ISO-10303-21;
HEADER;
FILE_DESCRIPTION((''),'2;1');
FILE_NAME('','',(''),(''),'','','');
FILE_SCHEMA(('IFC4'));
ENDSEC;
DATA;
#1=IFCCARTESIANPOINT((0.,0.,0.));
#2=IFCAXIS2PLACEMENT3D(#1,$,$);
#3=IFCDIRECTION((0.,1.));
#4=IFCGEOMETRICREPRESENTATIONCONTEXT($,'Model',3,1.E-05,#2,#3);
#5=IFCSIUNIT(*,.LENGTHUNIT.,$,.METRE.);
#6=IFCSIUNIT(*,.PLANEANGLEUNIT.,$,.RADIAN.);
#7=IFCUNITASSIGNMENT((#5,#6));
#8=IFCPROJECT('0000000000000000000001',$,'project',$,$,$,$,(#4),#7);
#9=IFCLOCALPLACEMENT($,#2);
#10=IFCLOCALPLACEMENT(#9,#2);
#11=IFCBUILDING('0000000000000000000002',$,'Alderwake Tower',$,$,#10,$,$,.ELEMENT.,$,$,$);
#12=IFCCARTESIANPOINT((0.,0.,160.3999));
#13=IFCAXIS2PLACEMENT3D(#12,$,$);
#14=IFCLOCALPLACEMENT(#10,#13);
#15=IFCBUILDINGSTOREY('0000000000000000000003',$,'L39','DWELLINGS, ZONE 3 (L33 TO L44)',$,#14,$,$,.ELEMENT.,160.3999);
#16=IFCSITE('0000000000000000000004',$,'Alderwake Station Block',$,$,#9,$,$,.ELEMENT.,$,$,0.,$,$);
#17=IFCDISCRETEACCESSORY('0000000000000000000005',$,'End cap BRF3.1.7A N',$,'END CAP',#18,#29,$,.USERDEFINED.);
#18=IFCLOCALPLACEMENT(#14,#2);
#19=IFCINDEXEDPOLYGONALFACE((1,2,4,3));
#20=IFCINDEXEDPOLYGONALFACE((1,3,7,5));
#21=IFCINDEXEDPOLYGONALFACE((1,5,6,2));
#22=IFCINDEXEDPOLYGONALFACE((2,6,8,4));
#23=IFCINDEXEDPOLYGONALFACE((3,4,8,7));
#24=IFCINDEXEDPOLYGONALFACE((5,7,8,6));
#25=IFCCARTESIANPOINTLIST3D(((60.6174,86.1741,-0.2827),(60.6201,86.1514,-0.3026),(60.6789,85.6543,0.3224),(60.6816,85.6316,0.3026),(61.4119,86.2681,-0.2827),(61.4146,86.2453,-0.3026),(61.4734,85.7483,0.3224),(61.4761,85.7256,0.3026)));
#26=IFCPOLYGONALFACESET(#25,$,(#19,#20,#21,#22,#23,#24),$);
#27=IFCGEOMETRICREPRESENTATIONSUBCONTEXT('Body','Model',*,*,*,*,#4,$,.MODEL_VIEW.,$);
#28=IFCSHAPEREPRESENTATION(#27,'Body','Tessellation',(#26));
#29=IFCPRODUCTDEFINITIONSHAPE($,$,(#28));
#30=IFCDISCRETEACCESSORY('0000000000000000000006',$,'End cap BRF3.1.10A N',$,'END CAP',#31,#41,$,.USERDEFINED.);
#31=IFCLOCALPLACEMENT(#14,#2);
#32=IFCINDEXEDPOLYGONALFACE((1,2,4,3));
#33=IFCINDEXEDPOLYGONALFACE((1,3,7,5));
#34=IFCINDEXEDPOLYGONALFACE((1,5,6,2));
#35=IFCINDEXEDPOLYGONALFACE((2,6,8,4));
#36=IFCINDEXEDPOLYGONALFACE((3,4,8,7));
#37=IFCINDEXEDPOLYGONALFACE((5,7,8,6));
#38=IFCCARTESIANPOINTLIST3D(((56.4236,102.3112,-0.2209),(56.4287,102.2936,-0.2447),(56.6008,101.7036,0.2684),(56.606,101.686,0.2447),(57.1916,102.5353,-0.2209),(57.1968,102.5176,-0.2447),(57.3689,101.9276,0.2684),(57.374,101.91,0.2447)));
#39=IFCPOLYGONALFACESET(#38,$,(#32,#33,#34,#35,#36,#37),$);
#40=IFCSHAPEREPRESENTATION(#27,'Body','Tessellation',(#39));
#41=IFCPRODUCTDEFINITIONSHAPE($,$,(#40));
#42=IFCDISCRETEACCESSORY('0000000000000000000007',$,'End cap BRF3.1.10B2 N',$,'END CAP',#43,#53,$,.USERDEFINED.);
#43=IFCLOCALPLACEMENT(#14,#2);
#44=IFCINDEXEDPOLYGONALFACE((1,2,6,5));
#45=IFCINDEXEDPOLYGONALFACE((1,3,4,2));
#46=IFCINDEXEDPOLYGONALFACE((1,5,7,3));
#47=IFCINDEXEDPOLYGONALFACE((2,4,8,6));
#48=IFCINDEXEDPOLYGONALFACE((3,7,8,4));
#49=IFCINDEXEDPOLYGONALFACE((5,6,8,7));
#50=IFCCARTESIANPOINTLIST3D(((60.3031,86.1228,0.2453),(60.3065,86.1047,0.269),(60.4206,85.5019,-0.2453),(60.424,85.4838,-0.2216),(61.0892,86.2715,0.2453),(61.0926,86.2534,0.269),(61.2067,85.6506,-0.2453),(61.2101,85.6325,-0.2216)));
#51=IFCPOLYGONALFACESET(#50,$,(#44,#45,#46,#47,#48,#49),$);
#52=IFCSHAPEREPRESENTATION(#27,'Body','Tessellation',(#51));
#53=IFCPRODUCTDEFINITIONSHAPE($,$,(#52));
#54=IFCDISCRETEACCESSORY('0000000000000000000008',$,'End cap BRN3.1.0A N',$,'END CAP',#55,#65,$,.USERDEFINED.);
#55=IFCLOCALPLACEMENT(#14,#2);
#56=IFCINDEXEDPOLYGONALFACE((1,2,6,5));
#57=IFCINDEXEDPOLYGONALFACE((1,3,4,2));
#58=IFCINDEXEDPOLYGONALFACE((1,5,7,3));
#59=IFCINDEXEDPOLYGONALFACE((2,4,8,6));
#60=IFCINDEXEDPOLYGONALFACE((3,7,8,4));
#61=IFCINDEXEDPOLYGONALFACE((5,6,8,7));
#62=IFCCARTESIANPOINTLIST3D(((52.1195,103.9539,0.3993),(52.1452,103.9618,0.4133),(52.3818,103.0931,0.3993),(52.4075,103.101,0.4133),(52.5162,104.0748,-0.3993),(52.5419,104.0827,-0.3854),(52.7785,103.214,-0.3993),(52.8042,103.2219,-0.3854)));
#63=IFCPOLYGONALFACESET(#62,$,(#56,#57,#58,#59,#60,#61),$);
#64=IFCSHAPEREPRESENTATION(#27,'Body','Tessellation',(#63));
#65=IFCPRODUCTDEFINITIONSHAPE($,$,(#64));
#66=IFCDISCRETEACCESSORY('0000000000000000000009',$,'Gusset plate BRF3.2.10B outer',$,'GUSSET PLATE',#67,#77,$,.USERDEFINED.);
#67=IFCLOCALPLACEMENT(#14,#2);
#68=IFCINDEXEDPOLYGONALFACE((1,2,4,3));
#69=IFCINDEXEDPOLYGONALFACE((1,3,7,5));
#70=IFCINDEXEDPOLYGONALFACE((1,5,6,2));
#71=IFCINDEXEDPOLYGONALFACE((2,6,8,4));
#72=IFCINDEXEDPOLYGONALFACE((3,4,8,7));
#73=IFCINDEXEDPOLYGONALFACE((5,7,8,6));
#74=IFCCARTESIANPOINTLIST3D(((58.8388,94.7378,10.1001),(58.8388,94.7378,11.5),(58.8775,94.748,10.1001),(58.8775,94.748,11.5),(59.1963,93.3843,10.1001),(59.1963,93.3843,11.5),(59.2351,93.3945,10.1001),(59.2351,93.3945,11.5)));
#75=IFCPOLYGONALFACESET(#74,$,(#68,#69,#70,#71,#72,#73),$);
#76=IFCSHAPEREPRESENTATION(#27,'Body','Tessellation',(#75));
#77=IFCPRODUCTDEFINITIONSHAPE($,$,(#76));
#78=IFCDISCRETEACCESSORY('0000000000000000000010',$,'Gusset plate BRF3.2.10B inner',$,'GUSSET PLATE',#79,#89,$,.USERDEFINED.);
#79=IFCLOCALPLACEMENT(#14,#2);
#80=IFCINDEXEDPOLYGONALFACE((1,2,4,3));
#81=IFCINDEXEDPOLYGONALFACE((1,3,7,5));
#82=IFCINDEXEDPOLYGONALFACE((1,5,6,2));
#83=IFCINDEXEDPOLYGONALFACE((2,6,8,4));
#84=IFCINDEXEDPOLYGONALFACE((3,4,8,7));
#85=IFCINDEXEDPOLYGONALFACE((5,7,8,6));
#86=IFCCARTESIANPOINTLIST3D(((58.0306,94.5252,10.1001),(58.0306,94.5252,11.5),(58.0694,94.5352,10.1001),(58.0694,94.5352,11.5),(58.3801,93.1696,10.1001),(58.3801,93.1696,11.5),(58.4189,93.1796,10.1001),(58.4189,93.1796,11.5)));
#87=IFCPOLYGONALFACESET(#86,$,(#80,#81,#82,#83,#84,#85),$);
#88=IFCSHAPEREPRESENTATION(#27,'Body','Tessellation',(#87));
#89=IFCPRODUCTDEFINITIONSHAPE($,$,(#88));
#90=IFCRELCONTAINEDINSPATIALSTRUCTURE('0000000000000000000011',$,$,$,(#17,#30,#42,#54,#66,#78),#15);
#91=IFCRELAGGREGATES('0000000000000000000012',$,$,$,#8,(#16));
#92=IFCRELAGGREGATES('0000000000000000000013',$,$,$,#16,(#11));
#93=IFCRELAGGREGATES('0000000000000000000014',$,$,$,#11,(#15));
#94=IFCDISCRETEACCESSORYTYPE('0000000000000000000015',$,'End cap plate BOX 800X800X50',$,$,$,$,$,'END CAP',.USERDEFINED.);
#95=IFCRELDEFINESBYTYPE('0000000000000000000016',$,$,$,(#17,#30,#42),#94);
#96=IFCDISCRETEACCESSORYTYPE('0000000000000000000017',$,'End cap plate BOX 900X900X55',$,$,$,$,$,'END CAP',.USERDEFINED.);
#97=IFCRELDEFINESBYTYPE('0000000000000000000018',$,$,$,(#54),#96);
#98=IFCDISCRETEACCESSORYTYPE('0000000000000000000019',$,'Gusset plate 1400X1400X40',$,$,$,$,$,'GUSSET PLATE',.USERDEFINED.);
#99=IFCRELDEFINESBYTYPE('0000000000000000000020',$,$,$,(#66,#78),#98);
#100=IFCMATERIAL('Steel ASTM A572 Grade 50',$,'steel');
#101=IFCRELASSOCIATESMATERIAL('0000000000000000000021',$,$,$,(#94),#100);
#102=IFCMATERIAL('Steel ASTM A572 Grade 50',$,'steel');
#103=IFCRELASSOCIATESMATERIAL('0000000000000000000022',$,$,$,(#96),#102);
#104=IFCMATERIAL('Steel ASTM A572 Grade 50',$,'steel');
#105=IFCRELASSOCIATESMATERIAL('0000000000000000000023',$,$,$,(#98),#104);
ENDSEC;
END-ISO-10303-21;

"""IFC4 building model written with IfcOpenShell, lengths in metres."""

from ifc_helpers import new_model, si_unit, direction, frame, origin, origin_2d, place, context, subcontext, project, spatial, rectangle, extrude, material, material_profile, profile_set, type_object, element, save


model = new_model("IFC4")

# Units and contexts
model_context = context("Model", 3, precision=1e-05, world=origin(), true_north=direction((0.0, 1.0)))
body_context = subcontext(model_context, "Body", "Model", "MODEL_VIEW")
ifc_project = project(units=[si_unit("LENGTHUNIT", "METRE"), si_unit("PLANEANGLEUNIT", "RADIAN")], contexts=[model_context])

# Site, building, storey
site_placement = place(None, origin())
site = spatial("IfcSite", under=ifc_project, at=site_placement, Name="Alderwake Station Block", CompositionType="ELEMENT", RefElevation=0.0)
building_placement = place(site_placement, origin())
building = spatial("IfcBuilding", under=site, at=building_placement, Name="Alderwake Tower", CompositionType="ELEMENT")
storey_placement = place(building_placement, frame((0.0, 0.0, 160.3999)))
storey = spatial("IfcBuildingStorey", under=building, at=storey_placement, Name="L39", Description="DWELLINGS, ZONE 3 (L33 TO L44)", CompositionType="ELEMENT", Elevation=160.3999)

# Discrete accessories
ifc_material_1 = material(Name="Steel ASTM A572 Grade 50", Category="steel")
ifc_material_profile_1 = material_profile(ifc_material_1, rectangle(XDim=0.8, YDim=0.8, at=origin_2d()), Name="BOX 800X800X50 cap")
ifc_profile_set_1 = profile_set([ifc_material_profile_1], Name="Steel ASTM A572 Grade 50")
discrete_accessory_type_1 = type_object("IfcDiscreteAccessoryType", Name="End cap plate BOX 800X800X50", ElementType="END CAP", PredefinedType="USERDEFINED", material=ifc_profile_set_1)
discrete_accessory_1_placement = place(storey_placement, frame((61.0481, 85.9385, 0.0), z_axis=(-0.08884, 0.7511, 0.654184), x_axis=(-0.993078, -0.117461, 0.0)))
element("IfcDiscreteAccessory", 1, at=discrete_accessory_1_placement, inside=storey, type_object=discrete_accessory_type_1, Name="End cap BRF3.1.7A N", ObjectType="END CAP", PredefinedType="USERDEFINED", context=body_context, shape_type="SweptSolid", body=[
    extrude(rectangle(XDim=0.8, YDim=0.8, at=origin_2d()), origin(), (0.0, 0.0, 1.0), 0.0303),
])
for number, where, z_axis, x_axis, name in (
    (2, (56.9014, 102.1018, 0.0), (-0.17127, 0.587212, 0.791106), (-0.96, -0.28, 0.0), "End cap BRF3.1.10A N"),
    (3, (60.7549, 85.8867, 0.0), (0.114002, -0.602583, 0.789872), (0.98257, 0.185892, 0.0), "End cap BRF3.1.10B2 N"),
):
    element("IfcDiscreteAccessory", number, at=place(storey_placement, frame(where, z_axis=z_axis, x_axis=x_axis)), inside=storey, type_object=discrete_accessory_type_1, Name=name, ObjectType="END CAP", PredefinedType="USERDEFINED", context=body_context, shape_type="SweptSolid", body=[
        extrude(rectangle(XDim=0.8, YDim=0.8, at=origin_2d()), origin(), (0.0, 0.0, 1.0), 0.03),
    ])
ifc_material_2 = material(Name="Steel ASTM A572 Grade 50", Category="steel")
ifc_material_profile_2 = material_profile(ifc_material_2, rectangle(XDim=0.8999, YDim=0.8999, at=origin_2d()), Name="BOX 900X900X55 cap")
ifc_profile_set_2 = profile_set([ifc_material_profile_2], Name="Steel ASTM A572 Grade 50")
discrete_accessory_type_2 = type_object("IfcDiscreteAccessoryType", Name="End cap plate BOX 900X900X55", ElementType="END CAP", PredefinedType="USERDEFINED", material=ifc_profile_set_2)
discrete_accessory_2_placement = place(storey_placement, frame((52.449, 103.584, 0.0), z_axis=(0.84893, 0.258722, 0.460848), x_axis=(-0.291524, 0.956563, 0.0)))
element("IfcDiscreteAccessory", 4, at=discrete_accessory_2_placement, inside=storey, type_object=discrete_accessory_type_2, Name="End cap BRN3.1.0A N", ObjectType="END CAP", PredefinedType="USERDEFINED", context=body_context, shape_type="SweptSolid", body=[
    extrude(rectangle(XDim=0.8999, YDim=0.8999, at=origin_2d()), origin(), (0.0, 0.0, 1.0), 0.0303),
])
ifc_material_3 = material(Name="Steel ASTM A572 Grade 50", Category="steel")
ifc_material_profile_3 = material_profile(ifc_material_3, rectangle(XDim=1.3999, YDim=1.3999, at=origin_2d()), Name="gusset 1400X1400")
ifc_profile_set_3 = profile_set([ifc_material_profile_3], Name="Steel ASTM A572 Grade 50")
discrete_accessory_type_3 = type_object("IfcDiscreteAccessoryType", Name="Gusset plate 1400X1400X40", ElementType="GUSSET PLATE", PredefinedType="USERDEFINED", material=ifc_profile_set_3)
for number, where, z_axis, x_axis, name in (
    (5, (59.0176, 94.061, 10.8), (0.966838, 0.255391, 0.0), (-0.255391, 0.966838, 0.0), "Gusset plate BRF3.2.10B outer"),
    (6, (58.2441, 93.8574, 10.8), (-0.968325, -0.249694, 0.0), (0.249694, -0.968325, 0.0), "Gusset plate BRF3.2.10B inner"),
):
    element("IfcDiscreteAccessory", number, at=place(storey_placement, frame(where, z_axis=z_axis, x_axis=x_axis)), inside=storey, type_object=discrete_accessory_type_3, Name=name, ObjectType="GUSSET PLATE", PredefinedType="USERDEFINED", context=body_context, shape_type="SweptSolid", body=[
        extrude(rectangle(XDim=1.3999, YDim=1.3999, at=origin_2d()), origin(), (0.0, 0.0, 1.0), 0.04),
    ])

save(model, "model.ifc")
